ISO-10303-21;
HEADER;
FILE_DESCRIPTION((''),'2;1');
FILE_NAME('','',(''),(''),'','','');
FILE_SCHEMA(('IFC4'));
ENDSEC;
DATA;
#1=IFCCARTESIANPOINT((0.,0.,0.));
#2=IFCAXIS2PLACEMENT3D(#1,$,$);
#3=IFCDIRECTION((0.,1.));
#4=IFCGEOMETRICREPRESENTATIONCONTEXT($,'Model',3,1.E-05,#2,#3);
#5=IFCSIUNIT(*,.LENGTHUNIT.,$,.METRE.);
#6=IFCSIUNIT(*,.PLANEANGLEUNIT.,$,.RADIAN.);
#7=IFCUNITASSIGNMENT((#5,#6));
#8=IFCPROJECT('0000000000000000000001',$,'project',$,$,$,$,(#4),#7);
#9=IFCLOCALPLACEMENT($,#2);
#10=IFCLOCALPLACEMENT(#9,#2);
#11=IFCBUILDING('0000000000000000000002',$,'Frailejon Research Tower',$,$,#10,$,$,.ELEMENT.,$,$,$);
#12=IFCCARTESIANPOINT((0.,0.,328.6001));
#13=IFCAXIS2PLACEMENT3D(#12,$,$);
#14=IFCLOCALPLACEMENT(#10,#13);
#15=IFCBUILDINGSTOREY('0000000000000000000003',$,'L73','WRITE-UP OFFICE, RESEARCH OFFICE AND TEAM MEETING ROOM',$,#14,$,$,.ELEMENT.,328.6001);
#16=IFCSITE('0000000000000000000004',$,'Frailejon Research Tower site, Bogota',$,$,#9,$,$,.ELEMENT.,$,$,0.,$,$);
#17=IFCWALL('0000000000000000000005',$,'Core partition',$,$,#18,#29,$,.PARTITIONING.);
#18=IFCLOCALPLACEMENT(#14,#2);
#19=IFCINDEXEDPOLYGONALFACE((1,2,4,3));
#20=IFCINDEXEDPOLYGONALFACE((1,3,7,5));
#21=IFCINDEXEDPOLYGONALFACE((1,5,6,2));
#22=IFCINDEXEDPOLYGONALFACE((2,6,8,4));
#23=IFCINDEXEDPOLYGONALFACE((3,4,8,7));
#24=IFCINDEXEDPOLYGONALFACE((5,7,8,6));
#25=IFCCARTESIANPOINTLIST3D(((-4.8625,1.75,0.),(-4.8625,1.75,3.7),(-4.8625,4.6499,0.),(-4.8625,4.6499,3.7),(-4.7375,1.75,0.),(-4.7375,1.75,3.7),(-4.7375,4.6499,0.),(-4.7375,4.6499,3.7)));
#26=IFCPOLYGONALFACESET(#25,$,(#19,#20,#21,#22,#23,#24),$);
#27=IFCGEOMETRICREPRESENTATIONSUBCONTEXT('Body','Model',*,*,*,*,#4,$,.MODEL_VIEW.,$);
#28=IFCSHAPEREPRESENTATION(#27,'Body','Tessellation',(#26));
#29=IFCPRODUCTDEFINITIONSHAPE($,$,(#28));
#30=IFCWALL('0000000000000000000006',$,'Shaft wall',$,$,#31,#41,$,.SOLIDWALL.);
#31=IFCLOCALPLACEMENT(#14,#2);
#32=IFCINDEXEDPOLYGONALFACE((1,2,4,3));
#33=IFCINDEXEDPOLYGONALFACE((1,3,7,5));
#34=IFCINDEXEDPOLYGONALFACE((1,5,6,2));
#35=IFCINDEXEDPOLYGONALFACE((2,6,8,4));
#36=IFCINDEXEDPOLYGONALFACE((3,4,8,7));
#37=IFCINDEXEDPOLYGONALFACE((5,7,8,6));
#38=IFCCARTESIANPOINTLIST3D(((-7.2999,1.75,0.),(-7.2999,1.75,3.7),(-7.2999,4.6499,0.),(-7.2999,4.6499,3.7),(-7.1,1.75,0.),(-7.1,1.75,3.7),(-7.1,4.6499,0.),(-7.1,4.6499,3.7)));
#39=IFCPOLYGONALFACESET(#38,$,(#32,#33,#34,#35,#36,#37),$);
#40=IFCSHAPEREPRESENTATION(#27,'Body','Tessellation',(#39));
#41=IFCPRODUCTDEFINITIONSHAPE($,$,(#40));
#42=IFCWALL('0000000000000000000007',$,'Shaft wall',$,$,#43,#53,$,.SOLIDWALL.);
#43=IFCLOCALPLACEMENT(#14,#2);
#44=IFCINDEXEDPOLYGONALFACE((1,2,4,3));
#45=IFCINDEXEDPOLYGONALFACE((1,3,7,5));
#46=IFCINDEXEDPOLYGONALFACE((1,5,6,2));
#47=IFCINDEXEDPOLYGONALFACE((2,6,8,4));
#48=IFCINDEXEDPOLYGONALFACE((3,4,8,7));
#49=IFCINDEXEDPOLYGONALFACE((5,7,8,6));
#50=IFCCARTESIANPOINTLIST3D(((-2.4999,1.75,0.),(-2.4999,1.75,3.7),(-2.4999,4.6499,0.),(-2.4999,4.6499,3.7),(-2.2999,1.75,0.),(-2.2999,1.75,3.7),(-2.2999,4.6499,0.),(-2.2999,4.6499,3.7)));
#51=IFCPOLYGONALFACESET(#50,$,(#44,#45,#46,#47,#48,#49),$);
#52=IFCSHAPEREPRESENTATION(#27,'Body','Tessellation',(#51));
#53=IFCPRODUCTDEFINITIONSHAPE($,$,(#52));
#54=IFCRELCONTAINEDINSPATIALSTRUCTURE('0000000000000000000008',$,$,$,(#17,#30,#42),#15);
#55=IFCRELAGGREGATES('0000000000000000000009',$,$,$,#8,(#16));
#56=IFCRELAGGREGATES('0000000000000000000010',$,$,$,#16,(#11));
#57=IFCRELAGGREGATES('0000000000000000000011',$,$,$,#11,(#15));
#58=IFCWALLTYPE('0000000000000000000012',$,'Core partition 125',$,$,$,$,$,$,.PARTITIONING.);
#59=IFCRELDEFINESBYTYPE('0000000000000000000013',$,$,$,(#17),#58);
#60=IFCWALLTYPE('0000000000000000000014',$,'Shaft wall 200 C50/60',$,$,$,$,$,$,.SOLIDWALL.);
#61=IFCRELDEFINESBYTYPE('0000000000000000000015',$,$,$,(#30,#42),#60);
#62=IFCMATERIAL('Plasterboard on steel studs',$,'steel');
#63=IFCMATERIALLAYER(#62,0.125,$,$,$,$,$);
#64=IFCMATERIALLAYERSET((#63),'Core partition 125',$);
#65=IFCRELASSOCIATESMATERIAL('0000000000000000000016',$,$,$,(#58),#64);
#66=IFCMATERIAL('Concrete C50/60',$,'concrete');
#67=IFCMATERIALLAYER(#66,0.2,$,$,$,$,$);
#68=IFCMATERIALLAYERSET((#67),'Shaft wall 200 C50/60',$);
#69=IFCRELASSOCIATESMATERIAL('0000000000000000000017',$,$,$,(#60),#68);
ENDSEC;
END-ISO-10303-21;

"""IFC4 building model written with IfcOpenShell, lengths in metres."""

from ifc_helpers import new_model, si_unit, direction, frame, frame_2d, origin, place, context, subcontext, project, spatial, rectangle, extrude, material, layer, layer_set, type_object, element, save


model = new_model("IFC4")

# Units and contexts
model_context = context("Model", 3, precision=1e-05, world=origin(), true_north=direction((0.0, 1.0)))
body_context = subcontext(model_context, "Body", "Model", "MODEL_VIEW")
ifc_project = project(units=[si_unit("LENGTHUNIT", "METRE"), si_unit("PLANEANGLEUNIT", "RADIAN")], contexts=[model_context])

# Site, building, storey
site_placement = place(None, origin())
site = spatial("IfcSite", under=ifc_project, at=site_placement, Name="Frailejon Research Tower site, Bogota", CompositionType="ELEMENT", RefElevation=0.0)
building_placement = place(site_placement, origin())
building = spatial("IfcBuilding", under=site, at=building_placement, Name="Frailejon Research Tower", CompositionType="ELEMENT")
storey_placement = place(building_placement, frame((0.0, 0.0, 328.6001)))
storey = spatial("IfcBuildingStorey", under=building, at=storey_placement, Name="L73", Description="WRITE-UP OFFICE, RESEARCH OFFICE AND TEAM MEETING ROOM", CompositionType="ELEMENT", Elevation=328.6001)

# Walls
ifc_material_1 = material(Name="Plasterboard on steel studs", Category="steel")
ifc_layer_1 = layer(ifc_material_1, 0.125)
ifc_layer_set_1 = layer_set([ifc_layer_1], Name="Core partition 125")
wall_type_1 = type_object("IfcWallType", Name="Core partition 125", PredefinedType="PARTITIONING", material=ifc_layer_set_1)
wall_1_placement = place(storey_placement, frame((-4.8, 1.75, 0.0), z_axis=(0.0, 0.0, 1.0), x_axis=(0.0, 1.0, 0.0)))
element("IfcWall", 1, at=wall_1_placement, inside=storey, type_object=wall_type_1, Name="Core partition", PredefinedType="PARTITIONING", context=body_context, shape_type="SweptSolid", body=[
    extrude(rectangle(XDim=2.8999, YDim=0.125, at=frame_2d((1.45, 0.0))), origin(), (0.0, 0.0, 1.0), 3.7),
])
ifc_material_2 = material(Name="Concrete C50/60", Category="concrete")
ifc_layer_2 = layer(ifc_material_2, 0.2)
ifc_layer_set_2 = layer_set([ifc_layer_2], Name="Shaft wall 200 C50/60")
wall_type_2 = type_object("IfcWallType", Name="Shaft wall 200 C50/60", PredefinedType="SOLIDWALL", material=ifc_layer_set_2)
for number, where, z_axis, x_axis, name in (
    (2, (-7.2, 1.75, 0.0), (0.0, 0.0, 1.0), (0.0, 1.0, 0.0), "Shaft wall"),
    (3, (-2.3999, 1.75, 0.0), (0.0, 0.0, 1.0), (0.0, 1.0, 0.0), "Shaft wall"),
):
    element("IfcWall", number, at=place(storey_placement, frame(where, z_axis=z_axis, x_axis=x_axis)), inside=storey, type_object=wall_type_2, Name=name, PredefinedType="SOLIDWALL", context=body_context, shape_type="SweptSolid", body=[
        extrude(rectangle(XDim=2.8999, YDim=0.2, at=frame_2d((1.45, 0.0))), origin(), (0.0, 0.0, 1.0), 3.7),
    ])

save(model, "model.ifc")
